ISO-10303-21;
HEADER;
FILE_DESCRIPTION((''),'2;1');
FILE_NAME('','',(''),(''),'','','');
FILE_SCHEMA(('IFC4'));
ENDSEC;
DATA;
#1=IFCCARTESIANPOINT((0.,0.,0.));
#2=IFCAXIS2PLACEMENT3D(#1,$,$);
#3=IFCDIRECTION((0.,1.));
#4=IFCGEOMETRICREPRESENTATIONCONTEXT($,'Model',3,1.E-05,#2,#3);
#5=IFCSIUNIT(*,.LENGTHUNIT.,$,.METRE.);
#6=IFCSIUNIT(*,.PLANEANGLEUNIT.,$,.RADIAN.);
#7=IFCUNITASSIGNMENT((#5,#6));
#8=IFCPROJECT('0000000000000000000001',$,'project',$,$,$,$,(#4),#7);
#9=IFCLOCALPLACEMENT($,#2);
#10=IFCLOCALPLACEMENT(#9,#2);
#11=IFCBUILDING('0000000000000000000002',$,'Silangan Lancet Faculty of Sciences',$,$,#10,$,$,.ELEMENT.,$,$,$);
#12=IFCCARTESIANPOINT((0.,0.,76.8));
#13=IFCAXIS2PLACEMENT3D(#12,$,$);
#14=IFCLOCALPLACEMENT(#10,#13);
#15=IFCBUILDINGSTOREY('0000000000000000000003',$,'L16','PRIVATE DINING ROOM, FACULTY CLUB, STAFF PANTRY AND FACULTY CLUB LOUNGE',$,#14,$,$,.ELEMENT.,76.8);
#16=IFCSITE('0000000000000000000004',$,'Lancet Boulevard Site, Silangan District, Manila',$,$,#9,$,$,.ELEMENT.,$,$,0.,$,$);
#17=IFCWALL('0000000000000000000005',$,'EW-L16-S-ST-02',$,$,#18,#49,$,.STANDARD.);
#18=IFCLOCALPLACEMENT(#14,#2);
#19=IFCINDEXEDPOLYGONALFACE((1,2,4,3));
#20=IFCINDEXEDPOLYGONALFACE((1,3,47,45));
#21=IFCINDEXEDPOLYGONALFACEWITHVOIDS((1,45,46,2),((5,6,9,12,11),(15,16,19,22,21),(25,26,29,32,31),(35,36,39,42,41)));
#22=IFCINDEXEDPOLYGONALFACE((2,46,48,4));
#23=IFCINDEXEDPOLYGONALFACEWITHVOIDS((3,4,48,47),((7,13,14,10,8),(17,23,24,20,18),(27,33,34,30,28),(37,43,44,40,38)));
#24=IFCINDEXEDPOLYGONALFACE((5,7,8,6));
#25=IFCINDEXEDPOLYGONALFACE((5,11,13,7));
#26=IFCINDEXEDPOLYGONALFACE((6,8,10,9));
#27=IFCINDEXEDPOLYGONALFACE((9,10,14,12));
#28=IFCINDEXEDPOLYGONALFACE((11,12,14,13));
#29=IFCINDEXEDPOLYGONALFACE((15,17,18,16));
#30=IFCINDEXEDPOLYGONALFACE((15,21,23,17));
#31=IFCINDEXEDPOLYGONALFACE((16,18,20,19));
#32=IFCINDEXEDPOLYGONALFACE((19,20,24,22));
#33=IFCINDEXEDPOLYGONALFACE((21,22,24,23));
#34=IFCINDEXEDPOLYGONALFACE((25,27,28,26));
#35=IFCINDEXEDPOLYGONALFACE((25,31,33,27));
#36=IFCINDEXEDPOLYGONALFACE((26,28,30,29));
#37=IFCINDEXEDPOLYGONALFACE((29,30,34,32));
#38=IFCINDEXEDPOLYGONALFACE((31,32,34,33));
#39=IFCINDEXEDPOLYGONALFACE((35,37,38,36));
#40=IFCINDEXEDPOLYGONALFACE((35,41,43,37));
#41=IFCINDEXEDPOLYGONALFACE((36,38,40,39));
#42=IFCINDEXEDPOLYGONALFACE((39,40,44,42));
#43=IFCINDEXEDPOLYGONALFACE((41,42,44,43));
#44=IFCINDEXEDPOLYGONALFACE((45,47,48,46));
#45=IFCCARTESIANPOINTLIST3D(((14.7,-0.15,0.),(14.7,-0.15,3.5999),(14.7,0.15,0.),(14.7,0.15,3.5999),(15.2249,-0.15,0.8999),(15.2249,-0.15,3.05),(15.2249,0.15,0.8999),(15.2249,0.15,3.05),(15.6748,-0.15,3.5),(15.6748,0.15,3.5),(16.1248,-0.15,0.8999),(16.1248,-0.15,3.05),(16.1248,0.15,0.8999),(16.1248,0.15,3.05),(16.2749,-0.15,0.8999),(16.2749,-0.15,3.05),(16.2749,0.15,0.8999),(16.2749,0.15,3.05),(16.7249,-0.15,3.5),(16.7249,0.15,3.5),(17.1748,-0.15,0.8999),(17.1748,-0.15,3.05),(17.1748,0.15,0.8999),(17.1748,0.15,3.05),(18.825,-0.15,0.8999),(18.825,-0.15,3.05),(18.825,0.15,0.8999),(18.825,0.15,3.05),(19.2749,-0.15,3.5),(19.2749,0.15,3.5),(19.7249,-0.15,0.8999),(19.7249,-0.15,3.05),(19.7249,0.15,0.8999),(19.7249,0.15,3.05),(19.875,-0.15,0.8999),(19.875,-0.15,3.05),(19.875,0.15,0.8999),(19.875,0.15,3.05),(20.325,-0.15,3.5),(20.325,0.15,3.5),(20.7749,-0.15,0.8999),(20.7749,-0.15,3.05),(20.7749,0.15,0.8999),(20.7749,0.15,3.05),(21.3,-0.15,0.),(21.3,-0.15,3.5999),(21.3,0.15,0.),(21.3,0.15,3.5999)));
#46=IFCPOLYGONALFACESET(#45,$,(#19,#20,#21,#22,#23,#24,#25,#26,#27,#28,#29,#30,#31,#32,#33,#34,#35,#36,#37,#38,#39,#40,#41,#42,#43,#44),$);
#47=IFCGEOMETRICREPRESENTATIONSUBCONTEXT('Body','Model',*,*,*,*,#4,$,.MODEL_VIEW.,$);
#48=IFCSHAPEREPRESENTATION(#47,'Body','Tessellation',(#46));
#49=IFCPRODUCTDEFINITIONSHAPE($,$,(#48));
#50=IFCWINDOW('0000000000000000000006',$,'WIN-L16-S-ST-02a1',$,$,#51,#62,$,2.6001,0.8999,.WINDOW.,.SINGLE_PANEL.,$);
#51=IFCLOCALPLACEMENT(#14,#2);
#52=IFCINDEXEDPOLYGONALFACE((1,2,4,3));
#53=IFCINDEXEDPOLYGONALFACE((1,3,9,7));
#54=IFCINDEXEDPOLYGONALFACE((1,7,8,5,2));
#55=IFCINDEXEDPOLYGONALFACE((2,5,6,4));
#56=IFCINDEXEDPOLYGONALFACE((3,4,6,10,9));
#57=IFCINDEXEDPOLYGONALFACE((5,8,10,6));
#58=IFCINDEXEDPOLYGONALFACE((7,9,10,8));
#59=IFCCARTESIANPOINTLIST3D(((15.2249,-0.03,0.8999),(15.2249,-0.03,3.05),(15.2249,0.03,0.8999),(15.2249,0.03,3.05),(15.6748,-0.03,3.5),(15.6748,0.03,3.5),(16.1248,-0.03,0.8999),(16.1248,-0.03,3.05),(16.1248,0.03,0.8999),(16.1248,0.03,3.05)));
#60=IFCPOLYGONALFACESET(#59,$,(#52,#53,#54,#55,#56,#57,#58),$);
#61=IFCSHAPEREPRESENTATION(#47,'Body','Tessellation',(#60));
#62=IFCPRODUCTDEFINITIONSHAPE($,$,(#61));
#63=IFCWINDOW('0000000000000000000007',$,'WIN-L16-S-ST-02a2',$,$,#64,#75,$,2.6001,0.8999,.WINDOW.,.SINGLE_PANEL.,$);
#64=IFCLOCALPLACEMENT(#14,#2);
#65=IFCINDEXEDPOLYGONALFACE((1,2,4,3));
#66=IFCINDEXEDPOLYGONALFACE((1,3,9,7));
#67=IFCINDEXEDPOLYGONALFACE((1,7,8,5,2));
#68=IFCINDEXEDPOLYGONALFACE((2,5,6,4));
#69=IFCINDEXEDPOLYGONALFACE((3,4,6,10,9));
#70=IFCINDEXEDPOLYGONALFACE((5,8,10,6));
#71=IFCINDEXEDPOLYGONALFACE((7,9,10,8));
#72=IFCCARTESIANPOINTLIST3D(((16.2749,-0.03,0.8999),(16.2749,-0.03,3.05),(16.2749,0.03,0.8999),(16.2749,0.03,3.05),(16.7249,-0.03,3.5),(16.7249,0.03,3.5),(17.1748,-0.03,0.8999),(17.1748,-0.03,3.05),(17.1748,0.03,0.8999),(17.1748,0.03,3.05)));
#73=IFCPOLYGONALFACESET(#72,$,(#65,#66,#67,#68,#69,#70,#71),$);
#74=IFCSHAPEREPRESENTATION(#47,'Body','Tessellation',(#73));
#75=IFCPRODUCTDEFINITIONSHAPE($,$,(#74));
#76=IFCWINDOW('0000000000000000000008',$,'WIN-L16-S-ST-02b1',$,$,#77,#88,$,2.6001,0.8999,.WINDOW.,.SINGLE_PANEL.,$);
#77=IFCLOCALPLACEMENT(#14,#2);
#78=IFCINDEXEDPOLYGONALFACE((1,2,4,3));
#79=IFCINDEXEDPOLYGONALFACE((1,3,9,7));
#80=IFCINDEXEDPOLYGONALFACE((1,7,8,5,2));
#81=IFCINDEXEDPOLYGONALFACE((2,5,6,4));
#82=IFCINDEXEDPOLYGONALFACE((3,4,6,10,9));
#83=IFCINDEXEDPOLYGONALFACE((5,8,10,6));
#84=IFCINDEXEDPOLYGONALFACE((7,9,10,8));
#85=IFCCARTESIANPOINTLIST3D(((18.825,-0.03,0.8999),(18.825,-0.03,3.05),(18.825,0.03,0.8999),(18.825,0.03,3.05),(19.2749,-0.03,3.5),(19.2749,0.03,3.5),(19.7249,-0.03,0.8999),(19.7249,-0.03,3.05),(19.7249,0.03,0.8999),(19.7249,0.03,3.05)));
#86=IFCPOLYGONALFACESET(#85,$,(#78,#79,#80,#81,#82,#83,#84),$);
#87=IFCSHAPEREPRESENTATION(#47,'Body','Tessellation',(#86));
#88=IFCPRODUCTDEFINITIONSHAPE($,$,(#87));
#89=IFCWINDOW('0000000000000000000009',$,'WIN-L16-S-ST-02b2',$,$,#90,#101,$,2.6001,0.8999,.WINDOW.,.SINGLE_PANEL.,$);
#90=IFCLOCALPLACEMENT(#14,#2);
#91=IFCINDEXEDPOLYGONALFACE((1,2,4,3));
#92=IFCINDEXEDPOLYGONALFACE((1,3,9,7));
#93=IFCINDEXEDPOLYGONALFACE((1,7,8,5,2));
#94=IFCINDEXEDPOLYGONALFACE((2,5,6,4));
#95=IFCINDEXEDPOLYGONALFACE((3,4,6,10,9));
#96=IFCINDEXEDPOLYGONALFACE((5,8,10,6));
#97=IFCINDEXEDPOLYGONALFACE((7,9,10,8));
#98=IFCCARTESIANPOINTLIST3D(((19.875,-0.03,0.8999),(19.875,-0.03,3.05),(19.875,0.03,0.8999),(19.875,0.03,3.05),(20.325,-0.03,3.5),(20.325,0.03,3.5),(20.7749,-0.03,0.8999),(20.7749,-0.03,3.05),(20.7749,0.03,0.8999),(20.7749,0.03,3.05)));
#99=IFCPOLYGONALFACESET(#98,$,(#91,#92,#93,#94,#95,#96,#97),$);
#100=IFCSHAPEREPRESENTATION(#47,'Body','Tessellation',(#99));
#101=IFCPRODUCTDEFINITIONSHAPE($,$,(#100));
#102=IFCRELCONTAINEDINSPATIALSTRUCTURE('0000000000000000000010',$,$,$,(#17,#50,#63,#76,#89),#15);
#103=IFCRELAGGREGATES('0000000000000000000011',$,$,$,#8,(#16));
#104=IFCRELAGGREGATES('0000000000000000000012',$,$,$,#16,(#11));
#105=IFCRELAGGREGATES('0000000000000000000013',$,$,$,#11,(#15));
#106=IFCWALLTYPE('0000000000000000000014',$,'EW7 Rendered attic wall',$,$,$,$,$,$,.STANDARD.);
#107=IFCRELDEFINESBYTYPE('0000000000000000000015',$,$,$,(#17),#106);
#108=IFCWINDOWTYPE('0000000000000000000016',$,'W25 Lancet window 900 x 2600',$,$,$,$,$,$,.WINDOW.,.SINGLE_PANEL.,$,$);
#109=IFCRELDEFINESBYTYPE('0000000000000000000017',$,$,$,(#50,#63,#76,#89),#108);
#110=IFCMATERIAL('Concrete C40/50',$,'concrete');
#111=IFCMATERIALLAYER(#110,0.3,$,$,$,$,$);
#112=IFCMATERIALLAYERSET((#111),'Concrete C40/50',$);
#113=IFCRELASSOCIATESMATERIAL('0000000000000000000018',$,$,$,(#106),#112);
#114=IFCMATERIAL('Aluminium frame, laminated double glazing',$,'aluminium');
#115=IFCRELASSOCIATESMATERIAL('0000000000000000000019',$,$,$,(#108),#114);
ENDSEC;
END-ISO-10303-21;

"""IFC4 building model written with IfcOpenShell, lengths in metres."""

from ifc_helpers import new_model, si_unit, direction, frame, frame_2d, origin, place, context, subcontext, project, spatial, polyline, rectangle, outline, extrude, material, layer, layer_set, type_object, element, fill, save


model = new_model("IFC4")

# Units and contexts
model_context = context("Model", 3, precision=1e-05, world=origin(), true_north=direction((0.0, 1.0)))
body_context = subcontext(model_context, "Body", "Model", "MODEL_VIEW")
ifc_project = project(units=[si_unit("LENGTHUNIT", "METRE"), si_unit("PLANEANGLEUNIT", "RADIAN")], contexts=[model_context])

# Site, building, storey
site_placement = place(None, origin())
site = spatial("IfcSite", under=ifc_project, at=site_placement, Name="Lancet Boulevard Site, Silangan District, Manila", CompositionType="ELEMENT", RefElevation=0.0)
building_placement = place(site_placement, origin())
building = spatial("IfcBuilding", under=site, at=building_placement, Name="Silangan Lancet Faculty of Sciences", CompositionType="ELEMENT")
storey_placement = place(building_placement, frame((0.0, 0.0, 76.8)))
storey = spatial("IfcBuildingStorey", under=building, at=storey_placement, Name="L16", Description="PRIVATE DINING ROOM, FACULTY CLUB, STAFF PANTRY AND FACULTY CLUB LOUNGE", CompositionType="ELEMENT", Elevation=76.8)

# Wall, openings, windows
ifc_material_1 = material(Name="Concrete C40/50", Category="concrete")
ifc_layer_1 = layer(ifc_material_1, 0.3)
ifc_layer_set_1 = layer_set([ifc_layer_1], Name="Concrete C40/50")
wall_type_1 = type_object("IfcWallType", Name="EW7 Rendered attic wall", PredefinedType="STANDARD", material=ifc_layer_set_1)
wall_1_placement = place(storey_placement, frame((14.7, 0.0, 0.0), z_axis=(0.0, 0.0, 1.0), x_axis=(1.0, 0.0, 0.0)))
wall_1 = element("IfcWall", 1, at=wall_1_placement, inside=storey, type_object=wall_type_1, Name="EW-L16-S-ST-02", PredefinedType="STANDARD", context=body_context, shape_type="SweptSolid", body=[
    extrude(rectangle(XDim=6.6001, YDim=0.3, at=frame_2d((3.3, 0.0))), origin(), (0.0, 0.0, 1.0), 3.5999),
])
opening_1_placement = place(wall_1_placement, frame((0.5249, 0.0, 0.8999)))
opening_1 = element("IfcOpeningElement", 2, at=opening_1_placement, cuts=wall_1, PredefinedType="OPENING", context=body_context, shape_type="SweptSolid", body=[
    extrude(outline(polyline([(0.0, 0.0), (0.8999, 0.0), (0.8999, 2.1501), (0.45, 2.6001), (0.0, 2.1501), (0.0, 0.0)])), frame((0.0, 0.1599, 0.0), z_axis=(0.0, -1.0, 0.0), x_axis=(1.0, 0.0, 0.0)), (0.0, 0.0, 1.0), 0.3201),
])
opening_2_placement = place(wall_1_placement, frame((1.575, 0.0, 0.8999)))
opening_2 = element("IfcOpeningElement", 3, at=opening_2_placement, cuts=wall_1, PredefinedType="OPENING", context=body_context, shape_type="SweptSolid", body=[
    extrude(outline(polyline([(0.0, 0.0), (0.8999, 0.0), (0.8999, 2.1501), (0.45, 2.6001), (0.0, 2.1501), (0.0, 0.0)])), frame((0.0, 0.1599, 0.0), z_axis=(0.0, -1.0, 0.0), x_axis=(1.0, 0.0, 0.0)), (0.0, 0.0, 1.0), 0.3201),
])
opening_3_placement = place(wall_1_placement, frame((4.125, 0.0, 0.8999)))
opening_3 = element("IfcOpeningElement", 4, at=opening_3_placement, cuts=wall_1, PredefinedType="OPENING", context=body_context, shape_type="SweptSolid", body=[
    extrude(outline(polyline([(0.0, 0.0), (0.8999, 0.0), (0.8999, 2.1501), (0.45, 2.6001), (0.0, 2.1501), (0.0, 0.0)])), frame((0.0, 0.1599, 0.0), z_axis=(0.0, -1.0, 0.0), x_axis=(1.0, 0.0, 0.0)), (0.0, 0.0, 1.0), 0.3201),
])
opening_4_placement = place(wall_1_placement, frame((5.175, 0.0, 0.8999)))
opening_4 = element("IfcOpeningElement", 5, at=opening_4_placement, cuts=wall_1, PredefinedType="OPENING", context=body_context, shape_type="SweptSolid", body=[
    extrude(outline(polyline([(0.0, 0.0), (0.8999, 0.0), (0.8999, 2.1501), (0.45, 2.6001), (0.0, 2.1501), (0.0, 0.0)])), frame((0.0, 0.1599, 0.0), z_axis=(0.0, -1.0, 0.0), x_axis=(1.0, 0.0, 0.0)), (0.0, 0.0, 1.0), 0.3201),
])
ifc_material_2 = material(Name="Aluminium frame, laminated double glazing", Category="aluminium")
window_type = type_object("IfcWindowType", Name="W25 Lancet window 900 x 2600", PartitioningType="SINGLE_PANEL", PredefinedType="WINDOW", material=ifc_material_2)
window_1_placement = place(opening_1_placement, origin())
window_1 = element("IfcWindow", 6, at=window_1_placement, inside=storey, type_object=window_type, Name="WIN-L16-S-ST-02a1", OverallHeight=2.6001, OverallWidth=0.8999, PartitioningType="SINGLE_PANEL", PredefinedType="WINDOW", context=body_context, shape_type="SweptSolid", body=[
    extrude(outline(polyline([(0.0, 0.0), (0.8999, 0.0), (0.8999, 2.1501), (0.45, 2.6001), (0.0, 2.1501), (0.0, 0.0)])), frame((0.0, 0.03, 0.0), z_axis=(0.0, -1.0, 0.0), x_axis=(1.0, 0.0, 0.0)), (0.0, 0.0, 1.0), 0.0601),
])
fill(opening_1, window_1)
window_2_placement = place(opening_2_placement, origin())
window_2 = element("IfcWindow", 7, at=window_2_placement, inside=storey, type_object=window_type, Name="WIN-L16-S-ST-02a2", OverallHeight=2.6001, OverallWidth=0.8999, PartitioningType="SINGLE_PANEL", PredefinedType="WINDOW", context=body_context, shape_type="SweptSolid", body=[
    extrude(outline(polyline([(0.0, 0.0), (0.8999, 0.0), (0.8999, 2.1501), (0.45, 2.6001), (0.0, 2.1501), (0.0, 0.0)])), frame((0.0, 0.03, 0.0), z_axis=(0.0, -1.0, 0.0), x_axis=(1.0, 0.0, 0.0)), (0.0, 0.0, 1.0), 0.0601),
])
fill(opening_2, window_2)
window_3_placement = place(opening_3_placement, origin())
window_3 = element("IfcWindow", 8, at=window_3_placement, inside=storey, type_object=window_type, Name="WIN-L16-S-ST-02b1", OverallHeight=2.6001, OverallWidth=0.8999, PartitioningType="SINGLE_PANEL", PredefinedType="WINDOW", context=body_context, shape_type="SweptSolid", body=[
    extrude(outline(polyline([(0.0, 0.0), (0.8999, 0.0), (0.8999, 2.1501), (0.45, 2.6001), (0.0, 2.1501), (0.0, 0.0)])), frame((0.0, 0.03, 0.0), z_axis=(0.0, -1.0, 0.0), x_axis=(1.0, 0.0, 0.0)), (0.0, 0.0, 1.0), 0.0601),
])
fill(opening_3, window_3)
window_4_placement = place(opening_4_placement, origin())
window_4 = element("IfcWindow", 9, at=window_4_placement, inside=storey, type_object=window_type, Name="WIN-L16-S-ST-02b2", OverallHeight=2.6001, OverallWidth=0.8999, PartitioningType="SINGLE_PANEL", PredefinedType="WINDOW", context=body_context, shape_type="SweptSolid", body=[
    extrude(outline(polyline([(0.0, 0.0), (0.8999, 0.0), (0.8999, 2.1501), (0.45, 2.6001), (0.0, 2.1501), (0.0, 0.0)])), frame((0.0, 0.03, 0.0), z_axis=(0.0, -1.0, 0.0), x_axis=(1.0, 0.0, 0.0)), (0.0, 0.0, 1.0), 0.0601),
])
fill(opening_4, window_4)

save(model, "model.ifc")
